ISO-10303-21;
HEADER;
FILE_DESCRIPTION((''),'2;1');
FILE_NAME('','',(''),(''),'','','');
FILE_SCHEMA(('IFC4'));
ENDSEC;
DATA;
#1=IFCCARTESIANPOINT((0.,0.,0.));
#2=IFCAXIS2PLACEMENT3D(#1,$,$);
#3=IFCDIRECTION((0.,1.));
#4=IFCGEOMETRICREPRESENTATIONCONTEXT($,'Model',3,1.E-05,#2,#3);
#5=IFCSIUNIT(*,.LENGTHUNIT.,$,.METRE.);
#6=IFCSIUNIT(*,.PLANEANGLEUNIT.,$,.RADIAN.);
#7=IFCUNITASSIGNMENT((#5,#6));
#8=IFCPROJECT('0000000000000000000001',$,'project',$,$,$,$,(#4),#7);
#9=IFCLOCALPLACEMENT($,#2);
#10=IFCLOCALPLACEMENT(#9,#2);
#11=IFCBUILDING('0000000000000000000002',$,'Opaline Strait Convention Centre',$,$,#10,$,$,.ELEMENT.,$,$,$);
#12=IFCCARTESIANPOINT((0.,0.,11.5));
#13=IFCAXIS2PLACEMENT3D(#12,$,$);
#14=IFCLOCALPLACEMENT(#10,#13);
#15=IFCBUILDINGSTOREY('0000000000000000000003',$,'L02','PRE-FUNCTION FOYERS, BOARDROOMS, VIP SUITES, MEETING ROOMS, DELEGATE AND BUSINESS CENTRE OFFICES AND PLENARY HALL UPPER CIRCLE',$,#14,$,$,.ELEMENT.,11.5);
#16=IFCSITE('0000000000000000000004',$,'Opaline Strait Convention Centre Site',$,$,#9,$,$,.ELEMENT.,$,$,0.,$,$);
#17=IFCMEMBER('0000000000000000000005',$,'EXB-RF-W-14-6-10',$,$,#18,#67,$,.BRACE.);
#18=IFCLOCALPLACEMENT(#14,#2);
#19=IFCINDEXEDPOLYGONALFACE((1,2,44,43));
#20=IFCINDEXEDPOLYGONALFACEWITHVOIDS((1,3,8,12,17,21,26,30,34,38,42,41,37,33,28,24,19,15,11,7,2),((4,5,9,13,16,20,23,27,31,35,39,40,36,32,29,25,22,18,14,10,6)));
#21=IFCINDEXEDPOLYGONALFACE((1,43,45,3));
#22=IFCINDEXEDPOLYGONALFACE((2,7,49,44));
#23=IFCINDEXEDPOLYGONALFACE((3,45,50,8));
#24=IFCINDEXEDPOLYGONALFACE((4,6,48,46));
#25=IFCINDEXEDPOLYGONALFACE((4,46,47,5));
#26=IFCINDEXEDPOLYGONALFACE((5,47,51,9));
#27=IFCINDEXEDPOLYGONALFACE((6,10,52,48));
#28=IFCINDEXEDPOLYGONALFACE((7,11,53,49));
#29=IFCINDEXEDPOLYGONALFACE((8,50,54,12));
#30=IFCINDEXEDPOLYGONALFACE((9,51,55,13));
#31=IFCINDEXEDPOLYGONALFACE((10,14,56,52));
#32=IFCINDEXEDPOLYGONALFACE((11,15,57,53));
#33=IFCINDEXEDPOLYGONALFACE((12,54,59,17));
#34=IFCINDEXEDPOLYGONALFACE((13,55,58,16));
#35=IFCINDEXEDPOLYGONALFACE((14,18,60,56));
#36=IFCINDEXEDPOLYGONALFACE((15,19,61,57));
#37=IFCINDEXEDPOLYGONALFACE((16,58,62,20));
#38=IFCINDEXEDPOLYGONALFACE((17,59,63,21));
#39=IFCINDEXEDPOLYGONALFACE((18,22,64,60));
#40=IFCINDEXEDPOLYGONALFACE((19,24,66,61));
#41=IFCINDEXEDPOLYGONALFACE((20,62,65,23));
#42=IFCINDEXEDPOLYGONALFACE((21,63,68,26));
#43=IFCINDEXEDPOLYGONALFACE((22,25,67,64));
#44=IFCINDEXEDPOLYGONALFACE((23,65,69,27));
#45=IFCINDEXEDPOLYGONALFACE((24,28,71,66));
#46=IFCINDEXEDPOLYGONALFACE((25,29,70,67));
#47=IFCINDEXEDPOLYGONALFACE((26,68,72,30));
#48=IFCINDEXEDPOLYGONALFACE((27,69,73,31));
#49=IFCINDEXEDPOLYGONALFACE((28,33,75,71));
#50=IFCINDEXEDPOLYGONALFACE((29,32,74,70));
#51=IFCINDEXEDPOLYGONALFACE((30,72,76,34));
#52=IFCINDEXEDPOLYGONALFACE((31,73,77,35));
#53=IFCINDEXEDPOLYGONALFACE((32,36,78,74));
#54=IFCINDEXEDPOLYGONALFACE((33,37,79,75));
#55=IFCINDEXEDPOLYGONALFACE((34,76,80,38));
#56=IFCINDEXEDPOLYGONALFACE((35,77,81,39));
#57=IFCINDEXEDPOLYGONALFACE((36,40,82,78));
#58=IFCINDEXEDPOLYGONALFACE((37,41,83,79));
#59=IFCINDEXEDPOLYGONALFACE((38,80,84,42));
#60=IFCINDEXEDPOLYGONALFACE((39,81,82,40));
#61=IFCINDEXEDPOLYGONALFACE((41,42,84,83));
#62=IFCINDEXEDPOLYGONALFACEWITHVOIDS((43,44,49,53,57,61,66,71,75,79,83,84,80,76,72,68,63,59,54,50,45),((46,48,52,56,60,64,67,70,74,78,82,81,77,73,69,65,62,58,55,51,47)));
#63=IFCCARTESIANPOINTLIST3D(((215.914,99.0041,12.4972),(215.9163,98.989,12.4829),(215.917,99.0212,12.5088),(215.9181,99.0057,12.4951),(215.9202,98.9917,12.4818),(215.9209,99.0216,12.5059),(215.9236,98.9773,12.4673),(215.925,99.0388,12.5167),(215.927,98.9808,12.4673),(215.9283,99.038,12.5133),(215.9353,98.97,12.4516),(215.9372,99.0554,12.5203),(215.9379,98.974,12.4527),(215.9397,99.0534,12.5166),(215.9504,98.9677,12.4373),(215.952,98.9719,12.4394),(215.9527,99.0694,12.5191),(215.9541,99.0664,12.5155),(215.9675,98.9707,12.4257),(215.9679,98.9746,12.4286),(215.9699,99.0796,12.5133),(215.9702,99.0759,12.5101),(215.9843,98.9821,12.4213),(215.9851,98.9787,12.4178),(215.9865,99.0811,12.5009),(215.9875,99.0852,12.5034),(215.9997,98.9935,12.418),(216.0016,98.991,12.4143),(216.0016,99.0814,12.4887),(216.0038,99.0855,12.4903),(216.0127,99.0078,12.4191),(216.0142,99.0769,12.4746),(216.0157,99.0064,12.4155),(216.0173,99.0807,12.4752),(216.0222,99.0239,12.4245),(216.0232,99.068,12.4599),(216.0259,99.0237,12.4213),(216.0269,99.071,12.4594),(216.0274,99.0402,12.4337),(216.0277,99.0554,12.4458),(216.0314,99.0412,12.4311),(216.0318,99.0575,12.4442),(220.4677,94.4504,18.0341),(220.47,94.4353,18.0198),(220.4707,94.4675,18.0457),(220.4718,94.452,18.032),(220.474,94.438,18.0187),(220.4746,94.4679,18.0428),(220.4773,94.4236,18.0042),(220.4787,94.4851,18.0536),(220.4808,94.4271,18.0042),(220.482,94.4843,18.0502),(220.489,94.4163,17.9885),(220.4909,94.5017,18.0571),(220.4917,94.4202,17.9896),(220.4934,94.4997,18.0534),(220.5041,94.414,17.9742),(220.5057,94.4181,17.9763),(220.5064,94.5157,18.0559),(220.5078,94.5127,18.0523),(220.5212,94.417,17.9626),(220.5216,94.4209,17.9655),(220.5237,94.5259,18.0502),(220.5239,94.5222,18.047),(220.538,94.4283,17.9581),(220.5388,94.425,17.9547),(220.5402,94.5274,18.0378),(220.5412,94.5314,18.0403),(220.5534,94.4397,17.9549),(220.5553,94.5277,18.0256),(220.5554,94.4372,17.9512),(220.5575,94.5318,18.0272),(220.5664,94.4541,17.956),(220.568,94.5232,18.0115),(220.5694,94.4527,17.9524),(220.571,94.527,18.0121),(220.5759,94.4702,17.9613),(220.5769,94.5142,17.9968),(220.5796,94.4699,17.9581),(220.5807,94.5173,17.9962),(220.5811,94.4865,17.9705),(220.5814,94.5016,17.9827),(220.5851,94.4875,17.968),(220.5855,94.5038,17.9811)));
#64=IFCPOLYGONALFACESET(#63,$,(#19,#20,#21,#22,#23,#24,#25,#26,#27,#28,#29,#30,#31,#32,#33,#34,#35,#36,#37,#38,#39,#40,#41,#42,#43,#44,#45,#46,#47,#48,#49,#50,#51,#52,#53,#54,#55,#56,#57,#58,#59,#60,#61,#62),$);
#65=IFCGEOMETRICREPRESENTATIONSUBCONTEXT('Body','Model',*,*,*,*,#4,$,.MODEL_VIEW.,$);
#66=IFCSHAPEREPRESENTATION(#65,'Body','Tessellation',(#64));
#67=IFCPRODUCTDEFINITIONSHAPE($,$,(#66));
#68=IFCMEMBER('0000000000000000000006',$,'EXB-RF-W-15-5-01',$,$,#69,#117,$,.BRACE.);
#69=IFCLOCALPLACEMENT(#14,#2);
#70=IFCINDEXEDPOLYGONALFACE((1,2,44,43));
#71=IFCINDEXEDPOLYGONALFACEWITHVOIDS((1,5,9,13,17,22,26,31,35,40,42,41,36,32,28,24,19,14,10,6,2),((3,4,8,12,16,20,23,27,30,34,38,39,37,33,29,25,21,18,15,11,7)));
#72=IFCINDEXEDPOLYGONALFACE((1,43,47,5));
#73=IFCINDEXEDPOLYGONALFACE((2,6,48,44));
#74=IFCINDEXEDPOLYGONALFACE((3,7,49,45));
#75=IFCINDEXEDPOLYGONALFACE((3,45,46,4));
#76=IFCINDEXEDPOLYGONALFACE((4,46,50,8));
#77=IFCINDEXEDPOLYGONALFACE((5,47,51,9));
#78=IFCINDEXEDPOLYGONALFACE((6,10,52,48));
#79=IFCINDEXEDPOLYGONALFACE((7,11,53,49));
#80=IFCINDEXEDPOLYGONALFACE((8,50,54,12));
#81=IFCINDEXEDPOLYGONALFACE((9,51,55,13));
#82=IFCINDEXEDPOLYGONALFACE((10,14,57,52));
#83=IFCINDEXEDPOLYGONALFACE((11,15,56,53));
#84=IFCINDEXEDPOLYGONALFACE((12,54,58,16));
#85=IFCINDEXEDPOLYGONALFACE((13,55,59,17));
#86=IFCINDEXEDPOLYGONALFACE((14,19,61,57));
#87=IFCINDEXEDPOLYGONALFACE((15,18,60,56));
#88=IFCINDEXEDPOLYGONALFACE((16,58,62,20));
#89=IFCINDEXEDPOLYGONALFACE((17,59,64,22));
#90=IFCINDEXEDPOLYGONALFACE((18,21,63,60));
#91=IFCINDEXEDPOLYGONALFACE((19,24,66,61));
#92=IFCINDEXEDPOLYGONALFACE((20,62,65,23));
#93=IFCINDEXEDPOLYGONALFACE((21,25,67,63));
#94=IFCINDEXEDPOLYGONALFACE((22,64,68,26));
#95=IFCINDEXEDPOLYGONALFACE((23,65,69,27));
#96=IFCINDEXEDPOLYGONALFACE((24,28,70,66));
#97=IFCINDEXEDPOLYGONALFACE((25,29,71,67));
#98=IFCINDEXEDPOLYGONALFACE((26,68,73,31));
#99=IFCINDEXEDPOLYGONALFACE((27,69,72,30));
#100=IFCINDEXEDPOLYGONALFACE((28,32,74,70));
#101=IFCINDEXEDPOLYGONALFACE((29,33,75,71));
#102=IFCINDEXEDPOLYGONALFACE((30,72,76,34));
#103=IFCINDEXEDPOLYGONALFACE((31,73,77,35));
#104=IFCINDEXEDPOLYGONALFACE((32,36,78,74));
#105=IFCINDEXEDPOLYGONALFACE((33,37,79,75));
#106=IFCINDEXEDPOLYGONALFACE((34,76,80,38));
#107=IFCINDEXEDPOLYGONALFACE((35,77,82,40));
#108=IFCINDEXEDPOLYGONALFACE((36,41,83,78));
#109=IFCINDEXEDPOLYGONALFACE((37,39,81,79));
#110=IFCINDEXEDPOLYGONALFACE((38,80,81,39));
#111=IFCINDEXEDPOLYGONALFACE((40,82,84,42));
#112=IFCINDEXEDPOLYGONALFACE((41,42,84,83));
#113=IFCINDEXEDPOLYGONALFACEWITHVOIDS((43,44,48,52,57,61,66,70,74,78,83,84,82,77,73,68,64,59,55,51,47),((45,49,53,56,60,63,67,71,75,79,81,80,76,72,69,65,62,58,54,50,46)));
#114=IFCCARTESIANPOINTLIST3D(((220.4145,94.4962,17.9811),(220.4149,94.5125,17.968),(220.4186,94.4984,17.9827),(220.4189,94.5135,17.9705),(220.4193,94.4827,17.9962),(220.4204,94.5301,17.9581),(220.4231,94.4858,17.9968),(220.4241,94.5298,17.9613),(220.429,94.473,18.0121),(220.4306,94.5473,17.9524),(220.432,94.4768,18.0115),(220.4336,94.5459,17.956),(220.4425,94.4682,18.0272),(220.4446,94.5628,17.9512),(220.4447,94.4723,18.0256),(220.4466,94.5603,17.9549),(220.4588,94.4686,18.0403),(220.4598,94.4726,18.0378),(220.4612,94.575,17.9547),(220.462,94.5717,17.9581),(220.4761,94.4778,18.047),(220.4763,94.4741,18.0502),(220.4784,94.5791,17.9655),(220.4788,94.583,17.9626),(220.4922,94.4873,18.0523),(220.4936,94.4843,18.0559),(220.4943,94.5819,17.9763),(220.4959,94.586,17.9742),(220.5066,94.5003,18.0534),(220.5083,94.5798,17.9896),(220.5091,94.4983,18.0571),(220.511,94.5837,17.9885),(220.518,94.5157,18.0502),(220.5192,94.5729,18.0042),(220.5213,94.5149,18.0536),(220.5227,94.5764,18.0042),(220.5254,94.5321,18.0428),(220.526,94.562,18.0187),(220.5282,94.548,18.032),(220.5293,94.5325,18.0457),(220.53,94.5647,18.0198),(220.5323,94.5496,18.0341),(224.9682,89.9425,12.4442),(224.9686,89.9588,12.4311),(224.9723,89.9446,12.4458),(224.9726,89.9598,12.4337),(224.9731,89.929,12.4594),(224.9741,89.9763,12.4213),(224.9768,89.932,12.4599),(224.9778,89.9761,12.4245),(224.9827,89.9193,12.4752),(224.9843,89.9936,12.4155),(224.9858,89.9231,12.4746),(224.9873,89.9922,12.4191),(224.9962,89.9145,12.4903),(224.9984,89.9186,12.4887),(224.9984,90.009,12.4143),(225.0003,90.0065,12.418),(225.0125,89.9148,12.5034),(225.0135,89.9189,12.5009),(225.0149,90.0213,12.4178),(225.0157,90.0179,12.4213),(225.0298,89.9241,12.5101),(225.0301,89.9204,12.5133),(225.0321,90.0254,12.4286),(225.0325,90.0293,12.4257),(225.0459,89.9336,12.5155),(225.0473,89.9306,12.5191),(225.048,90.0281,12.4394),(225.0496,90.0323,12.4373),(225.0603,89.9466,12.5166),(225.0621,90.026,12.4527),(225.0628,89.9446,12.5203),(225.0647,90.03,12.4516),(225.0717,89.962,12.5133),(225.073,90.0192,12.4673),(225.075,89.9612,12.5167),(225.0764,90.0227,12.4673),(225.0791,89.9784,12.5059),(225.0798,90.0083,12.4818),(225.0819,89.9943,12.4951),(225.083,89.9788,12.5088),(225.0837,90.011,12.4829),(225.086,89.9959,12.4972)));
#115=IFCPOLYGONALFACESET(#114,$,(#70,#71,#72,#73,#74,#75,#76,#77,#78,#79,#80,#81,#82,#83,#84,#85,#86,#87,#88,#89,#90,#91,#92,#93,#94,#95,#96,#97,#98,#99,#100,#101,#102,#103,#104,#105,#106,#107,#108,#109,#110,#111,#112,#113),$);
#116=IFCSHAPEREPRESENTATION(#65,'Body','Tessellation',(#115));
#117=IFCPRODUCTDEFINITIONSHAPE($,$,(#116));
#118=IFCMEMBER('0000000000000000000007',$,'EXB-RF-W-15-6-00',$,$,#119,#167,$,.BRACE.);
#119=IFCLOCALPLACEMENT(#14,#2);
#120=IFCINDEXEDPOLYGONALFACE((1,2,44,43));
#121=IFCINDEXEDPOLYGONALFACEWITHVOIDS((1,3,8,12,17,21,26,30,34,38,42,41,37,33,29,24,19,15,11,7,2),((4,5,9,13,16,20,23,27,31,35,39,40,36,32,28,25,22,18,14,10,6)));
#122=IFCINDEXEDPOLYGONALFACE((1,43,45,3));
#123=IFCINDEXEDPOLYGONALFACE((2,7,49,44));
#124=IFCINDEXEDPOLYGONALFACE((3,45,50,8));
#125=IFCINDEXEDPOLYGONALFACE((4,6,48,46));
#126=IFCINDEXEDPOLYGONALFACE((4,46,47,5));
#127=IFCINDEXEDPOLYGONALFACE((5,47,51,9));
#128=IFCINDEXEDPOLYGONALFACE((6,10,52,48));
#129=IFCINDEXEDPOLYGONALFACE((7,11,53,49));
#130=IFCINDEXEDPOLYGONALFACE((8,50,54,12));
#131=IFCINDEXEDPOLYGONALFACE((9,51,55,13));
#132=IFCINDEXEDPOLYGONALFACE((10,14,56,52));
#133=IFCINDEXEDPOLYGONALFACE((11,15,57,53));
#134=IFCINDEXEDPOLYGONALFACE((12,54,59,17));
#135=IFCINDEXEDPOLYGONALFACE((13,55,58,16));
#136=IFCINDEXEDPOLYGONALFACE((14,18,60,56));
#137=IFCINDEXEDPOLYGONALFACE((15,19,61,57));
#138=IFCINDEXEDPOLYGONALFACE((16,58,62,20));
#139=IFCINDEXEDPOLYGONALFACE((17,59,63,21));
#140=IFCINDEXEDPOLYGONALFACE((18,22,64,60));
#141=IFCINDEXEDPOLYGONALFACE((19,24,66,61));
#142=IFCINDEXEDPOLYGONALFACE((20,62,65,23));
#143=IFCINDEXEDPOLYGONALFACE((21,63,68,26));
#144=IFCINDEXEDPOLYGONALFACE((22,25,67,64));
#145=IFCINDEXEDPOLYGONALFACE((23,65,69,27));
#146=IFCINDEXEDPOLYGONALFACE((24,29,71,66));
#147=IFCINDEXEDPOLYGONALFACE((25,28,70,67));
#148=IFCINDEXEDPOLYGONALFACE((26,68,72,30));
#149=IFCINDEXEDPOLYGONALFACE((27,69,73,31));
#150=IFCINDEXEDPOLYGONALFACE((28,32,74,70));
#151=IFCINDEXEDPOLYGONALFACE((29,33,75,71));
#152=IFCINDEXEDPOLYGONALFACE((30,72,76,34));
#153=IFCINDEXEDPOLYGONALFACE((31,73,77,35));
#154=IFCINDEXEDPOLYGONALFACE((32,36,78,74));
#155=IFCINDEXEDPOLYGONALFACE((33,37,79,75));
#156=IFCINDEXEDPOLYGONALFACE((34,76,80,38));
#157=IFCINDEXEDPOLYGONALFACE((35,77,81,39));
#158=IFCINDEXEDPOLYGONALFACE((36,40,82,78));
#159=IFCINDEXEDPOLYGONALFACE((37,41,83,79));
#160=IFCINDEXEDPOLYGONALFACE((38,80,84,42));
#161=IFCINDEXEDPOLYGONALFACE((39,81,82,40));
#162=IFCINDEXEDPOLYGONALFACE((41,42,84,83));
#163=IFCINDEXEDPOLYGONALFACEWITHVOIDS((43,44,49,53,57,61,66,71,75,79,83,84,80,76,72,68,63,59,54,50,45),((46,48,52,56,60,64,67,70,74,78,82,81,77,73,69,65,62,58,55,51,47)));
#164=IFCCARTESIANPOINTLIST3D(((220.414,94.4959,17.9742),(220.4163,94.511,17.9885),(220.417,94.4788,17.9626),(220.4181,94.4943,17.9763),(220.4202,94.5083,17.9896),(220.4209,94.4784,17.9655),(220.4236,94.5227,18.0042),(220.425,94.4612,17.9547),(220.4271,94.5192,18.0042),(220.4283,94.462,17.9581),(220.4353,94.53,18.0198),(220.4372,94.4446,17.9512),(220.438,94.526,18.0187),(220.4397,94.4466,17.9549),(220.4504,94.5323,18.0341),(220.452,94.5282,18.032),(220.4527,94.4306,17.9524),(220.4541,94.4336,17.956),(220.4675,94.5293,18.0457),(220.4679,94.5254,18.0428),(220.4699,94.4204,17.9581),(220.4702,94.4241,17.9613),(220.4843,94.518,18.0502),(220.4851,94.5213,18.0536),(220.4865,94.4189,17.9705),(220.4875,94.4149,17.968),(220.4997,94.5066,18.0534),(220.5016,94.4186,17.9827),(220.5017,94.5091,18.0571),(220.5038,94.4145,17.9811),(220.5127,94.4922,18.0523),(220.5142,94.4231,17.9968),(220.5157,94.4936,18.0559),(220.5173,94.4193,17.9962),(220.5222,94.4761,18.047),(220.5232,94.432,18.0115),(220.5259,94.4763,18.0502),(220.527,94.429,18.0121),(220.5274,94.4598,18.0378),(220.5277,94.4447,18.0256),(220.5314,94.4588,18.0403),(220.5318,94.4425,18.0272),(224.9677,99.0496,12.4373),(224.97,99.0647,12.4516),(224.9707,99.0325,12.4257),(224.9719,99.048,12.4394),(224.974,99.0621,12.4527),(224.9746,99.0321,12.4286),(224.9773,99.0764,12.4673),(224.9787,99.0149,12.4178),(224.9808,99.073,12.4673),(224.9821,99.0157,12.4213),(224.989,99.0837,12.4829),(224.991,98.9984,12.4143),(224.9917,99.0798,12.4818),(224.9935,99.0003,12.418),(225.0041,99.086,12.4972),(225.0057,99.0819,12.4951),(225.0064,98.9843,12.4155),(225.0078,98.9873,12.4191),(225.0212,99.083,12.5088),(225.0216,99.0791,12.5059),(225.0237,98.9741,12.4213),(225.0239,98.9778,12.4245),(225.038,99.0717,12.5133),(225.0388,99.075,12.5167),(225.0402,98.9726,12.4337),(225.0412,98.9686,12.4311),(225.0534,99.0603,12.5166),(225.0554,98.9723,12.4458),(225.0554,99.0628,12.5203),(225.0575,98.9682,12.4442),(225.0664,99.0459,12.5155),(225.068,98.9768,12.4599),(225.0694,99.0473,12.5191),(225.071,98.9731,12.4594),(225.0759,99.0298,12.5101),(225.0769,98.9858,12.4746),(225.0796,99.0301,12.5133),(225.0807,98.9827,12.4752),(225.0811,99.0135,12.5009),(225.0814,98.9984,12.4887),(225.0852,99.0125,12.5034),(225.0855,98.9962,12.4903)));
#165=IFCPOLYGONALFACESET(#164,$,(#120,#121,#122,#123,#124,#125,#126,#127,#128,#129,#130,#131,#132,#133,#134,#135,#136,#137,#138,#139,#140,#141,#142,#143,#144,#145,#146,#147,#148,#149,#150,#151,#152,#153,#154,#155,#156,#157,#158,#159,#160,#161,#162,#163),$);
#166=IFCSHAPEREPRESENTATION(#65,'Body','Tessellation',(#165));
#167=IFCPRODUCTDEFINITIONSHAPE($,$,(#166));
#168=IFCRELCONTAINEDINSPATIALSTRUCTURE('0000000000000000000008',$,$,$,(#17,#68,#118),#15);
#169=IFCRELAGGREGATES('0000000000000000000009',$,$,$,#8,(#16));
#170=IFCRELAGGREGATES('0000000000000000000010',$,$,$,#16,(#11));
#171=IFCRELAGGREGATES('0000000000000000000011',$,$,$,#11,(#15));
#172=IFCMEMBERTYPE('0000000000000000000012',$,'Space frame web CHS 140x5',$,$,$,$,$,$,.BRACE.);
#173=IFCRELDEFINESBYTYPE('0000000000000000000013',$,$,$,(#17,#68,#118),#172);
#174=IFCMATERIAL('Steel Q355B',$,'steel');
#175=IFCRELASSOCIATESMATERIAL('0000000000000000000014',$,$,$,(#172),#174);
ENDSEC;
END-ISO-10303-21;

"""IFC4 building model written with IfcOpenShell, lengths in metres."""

from ifc_helpers import new_model, si_unit, direction, frame, origin, origin_2d, place, context, subcontext, project, spatial, hollow_circle, extrude, material, material_profile, profile_set, type_object, element, save


model = new_model("IFC4")

# Units and contexts
model_context = context("Model", 3, precision=1e-05, world=origin(), true_north=direction((0.0, 1.0)))
body_context = subcontext(model_context, "Body", "Model", "MODEL_VIEW")
ifc_project = project(units=[si_unit("LENGTHUNIT", "METRE"), si_unit("PLANEANGLEUNIT", "RADIAN")], contexts=[model_context])

# Site, building, storey
site_placement = place(None, origin())
site = spatial("IfcSite", under=ifc_project, at=site_placement, Name="Opaline Strait Convention Centre Site", CompositionType="ELEMENT", RefElevation=0.0)
building_placement = place(site_placement, origin())
building = spatial("IfcBuilding", under=site, at=building_placement, Name="Opaline Strait Convention Centre", CompositionType="ELEMENT")
storey_placement = place(building_placement, frame((0.0, 0.0, 11.5)))
storey = spatial("IfcBuildingStorey", under=building, at=storey_placement, Name="L02", Description="PRE-FUNCTION FOYERS, BOARDROOMS, VIP SUITES, MEETING ROOMS, DELEGATE AND BUSINESS CENTRE OFFICES AND PLENARY HALL UPPER CIRCLE", CompositionType="ELEMENT", Elevation=11.5)

# Members
ifc_material = material(Name="Steel Q355B", Category="steel")
ifc_material_profile_1 = material_profile(ifc_material, hollow_circle(Radius=0.0701, WallThickness=0.0049, at=origin_2d()), Name="CHS 140x5")
ifc_profile_set_1 = profile_set([ifc_material_profile_1], Name="Steel Q355B")
member_type_1 = type_object("IfcMemberType", Name="Space frame web CHS 140x5", PredefinedType="BRACE", material=ifc_profile_set_1)
for number, where, z_axis, x_axis, name in (
    (1, (220.5269, 94.4731, 18.0042), (-0.536178, 0.536178, -0.65194), (-0.707107, -0.707107, 0.0), "EXB-RF-W-14-6-10"),
    (2, (220.4731, 94.5269, 18.0042), (0.536178, -0.536178, -0.65194), (0.707107, 0.707107, 0.0), "EXB-RF-W-15-5-01"),
    (3, (220.4731, 94.4731, 18.0042), (0.536178, 0.536178, -0.65194), (-0.707107, 0.707107, 0.0), "EXB-RF-W-15-6-00"),
):
    element("IfcMember", number, at=place(storey_placement, frame(where, z_axis=z_axis, x_axis=x_axis)), inside=storey, type_object=member_type_1, Name=name, PredefinedType="BRACE", context=body_context, shape_type="SweptSolid", body=[
        extrude(hollow_circle(Radius=0.0701, WallThickness=0.0049, at=origin_2d()), origin(), (0.0, 0.0, 1.0), 8.4929),
    ])

save(model, "model.ifc")
